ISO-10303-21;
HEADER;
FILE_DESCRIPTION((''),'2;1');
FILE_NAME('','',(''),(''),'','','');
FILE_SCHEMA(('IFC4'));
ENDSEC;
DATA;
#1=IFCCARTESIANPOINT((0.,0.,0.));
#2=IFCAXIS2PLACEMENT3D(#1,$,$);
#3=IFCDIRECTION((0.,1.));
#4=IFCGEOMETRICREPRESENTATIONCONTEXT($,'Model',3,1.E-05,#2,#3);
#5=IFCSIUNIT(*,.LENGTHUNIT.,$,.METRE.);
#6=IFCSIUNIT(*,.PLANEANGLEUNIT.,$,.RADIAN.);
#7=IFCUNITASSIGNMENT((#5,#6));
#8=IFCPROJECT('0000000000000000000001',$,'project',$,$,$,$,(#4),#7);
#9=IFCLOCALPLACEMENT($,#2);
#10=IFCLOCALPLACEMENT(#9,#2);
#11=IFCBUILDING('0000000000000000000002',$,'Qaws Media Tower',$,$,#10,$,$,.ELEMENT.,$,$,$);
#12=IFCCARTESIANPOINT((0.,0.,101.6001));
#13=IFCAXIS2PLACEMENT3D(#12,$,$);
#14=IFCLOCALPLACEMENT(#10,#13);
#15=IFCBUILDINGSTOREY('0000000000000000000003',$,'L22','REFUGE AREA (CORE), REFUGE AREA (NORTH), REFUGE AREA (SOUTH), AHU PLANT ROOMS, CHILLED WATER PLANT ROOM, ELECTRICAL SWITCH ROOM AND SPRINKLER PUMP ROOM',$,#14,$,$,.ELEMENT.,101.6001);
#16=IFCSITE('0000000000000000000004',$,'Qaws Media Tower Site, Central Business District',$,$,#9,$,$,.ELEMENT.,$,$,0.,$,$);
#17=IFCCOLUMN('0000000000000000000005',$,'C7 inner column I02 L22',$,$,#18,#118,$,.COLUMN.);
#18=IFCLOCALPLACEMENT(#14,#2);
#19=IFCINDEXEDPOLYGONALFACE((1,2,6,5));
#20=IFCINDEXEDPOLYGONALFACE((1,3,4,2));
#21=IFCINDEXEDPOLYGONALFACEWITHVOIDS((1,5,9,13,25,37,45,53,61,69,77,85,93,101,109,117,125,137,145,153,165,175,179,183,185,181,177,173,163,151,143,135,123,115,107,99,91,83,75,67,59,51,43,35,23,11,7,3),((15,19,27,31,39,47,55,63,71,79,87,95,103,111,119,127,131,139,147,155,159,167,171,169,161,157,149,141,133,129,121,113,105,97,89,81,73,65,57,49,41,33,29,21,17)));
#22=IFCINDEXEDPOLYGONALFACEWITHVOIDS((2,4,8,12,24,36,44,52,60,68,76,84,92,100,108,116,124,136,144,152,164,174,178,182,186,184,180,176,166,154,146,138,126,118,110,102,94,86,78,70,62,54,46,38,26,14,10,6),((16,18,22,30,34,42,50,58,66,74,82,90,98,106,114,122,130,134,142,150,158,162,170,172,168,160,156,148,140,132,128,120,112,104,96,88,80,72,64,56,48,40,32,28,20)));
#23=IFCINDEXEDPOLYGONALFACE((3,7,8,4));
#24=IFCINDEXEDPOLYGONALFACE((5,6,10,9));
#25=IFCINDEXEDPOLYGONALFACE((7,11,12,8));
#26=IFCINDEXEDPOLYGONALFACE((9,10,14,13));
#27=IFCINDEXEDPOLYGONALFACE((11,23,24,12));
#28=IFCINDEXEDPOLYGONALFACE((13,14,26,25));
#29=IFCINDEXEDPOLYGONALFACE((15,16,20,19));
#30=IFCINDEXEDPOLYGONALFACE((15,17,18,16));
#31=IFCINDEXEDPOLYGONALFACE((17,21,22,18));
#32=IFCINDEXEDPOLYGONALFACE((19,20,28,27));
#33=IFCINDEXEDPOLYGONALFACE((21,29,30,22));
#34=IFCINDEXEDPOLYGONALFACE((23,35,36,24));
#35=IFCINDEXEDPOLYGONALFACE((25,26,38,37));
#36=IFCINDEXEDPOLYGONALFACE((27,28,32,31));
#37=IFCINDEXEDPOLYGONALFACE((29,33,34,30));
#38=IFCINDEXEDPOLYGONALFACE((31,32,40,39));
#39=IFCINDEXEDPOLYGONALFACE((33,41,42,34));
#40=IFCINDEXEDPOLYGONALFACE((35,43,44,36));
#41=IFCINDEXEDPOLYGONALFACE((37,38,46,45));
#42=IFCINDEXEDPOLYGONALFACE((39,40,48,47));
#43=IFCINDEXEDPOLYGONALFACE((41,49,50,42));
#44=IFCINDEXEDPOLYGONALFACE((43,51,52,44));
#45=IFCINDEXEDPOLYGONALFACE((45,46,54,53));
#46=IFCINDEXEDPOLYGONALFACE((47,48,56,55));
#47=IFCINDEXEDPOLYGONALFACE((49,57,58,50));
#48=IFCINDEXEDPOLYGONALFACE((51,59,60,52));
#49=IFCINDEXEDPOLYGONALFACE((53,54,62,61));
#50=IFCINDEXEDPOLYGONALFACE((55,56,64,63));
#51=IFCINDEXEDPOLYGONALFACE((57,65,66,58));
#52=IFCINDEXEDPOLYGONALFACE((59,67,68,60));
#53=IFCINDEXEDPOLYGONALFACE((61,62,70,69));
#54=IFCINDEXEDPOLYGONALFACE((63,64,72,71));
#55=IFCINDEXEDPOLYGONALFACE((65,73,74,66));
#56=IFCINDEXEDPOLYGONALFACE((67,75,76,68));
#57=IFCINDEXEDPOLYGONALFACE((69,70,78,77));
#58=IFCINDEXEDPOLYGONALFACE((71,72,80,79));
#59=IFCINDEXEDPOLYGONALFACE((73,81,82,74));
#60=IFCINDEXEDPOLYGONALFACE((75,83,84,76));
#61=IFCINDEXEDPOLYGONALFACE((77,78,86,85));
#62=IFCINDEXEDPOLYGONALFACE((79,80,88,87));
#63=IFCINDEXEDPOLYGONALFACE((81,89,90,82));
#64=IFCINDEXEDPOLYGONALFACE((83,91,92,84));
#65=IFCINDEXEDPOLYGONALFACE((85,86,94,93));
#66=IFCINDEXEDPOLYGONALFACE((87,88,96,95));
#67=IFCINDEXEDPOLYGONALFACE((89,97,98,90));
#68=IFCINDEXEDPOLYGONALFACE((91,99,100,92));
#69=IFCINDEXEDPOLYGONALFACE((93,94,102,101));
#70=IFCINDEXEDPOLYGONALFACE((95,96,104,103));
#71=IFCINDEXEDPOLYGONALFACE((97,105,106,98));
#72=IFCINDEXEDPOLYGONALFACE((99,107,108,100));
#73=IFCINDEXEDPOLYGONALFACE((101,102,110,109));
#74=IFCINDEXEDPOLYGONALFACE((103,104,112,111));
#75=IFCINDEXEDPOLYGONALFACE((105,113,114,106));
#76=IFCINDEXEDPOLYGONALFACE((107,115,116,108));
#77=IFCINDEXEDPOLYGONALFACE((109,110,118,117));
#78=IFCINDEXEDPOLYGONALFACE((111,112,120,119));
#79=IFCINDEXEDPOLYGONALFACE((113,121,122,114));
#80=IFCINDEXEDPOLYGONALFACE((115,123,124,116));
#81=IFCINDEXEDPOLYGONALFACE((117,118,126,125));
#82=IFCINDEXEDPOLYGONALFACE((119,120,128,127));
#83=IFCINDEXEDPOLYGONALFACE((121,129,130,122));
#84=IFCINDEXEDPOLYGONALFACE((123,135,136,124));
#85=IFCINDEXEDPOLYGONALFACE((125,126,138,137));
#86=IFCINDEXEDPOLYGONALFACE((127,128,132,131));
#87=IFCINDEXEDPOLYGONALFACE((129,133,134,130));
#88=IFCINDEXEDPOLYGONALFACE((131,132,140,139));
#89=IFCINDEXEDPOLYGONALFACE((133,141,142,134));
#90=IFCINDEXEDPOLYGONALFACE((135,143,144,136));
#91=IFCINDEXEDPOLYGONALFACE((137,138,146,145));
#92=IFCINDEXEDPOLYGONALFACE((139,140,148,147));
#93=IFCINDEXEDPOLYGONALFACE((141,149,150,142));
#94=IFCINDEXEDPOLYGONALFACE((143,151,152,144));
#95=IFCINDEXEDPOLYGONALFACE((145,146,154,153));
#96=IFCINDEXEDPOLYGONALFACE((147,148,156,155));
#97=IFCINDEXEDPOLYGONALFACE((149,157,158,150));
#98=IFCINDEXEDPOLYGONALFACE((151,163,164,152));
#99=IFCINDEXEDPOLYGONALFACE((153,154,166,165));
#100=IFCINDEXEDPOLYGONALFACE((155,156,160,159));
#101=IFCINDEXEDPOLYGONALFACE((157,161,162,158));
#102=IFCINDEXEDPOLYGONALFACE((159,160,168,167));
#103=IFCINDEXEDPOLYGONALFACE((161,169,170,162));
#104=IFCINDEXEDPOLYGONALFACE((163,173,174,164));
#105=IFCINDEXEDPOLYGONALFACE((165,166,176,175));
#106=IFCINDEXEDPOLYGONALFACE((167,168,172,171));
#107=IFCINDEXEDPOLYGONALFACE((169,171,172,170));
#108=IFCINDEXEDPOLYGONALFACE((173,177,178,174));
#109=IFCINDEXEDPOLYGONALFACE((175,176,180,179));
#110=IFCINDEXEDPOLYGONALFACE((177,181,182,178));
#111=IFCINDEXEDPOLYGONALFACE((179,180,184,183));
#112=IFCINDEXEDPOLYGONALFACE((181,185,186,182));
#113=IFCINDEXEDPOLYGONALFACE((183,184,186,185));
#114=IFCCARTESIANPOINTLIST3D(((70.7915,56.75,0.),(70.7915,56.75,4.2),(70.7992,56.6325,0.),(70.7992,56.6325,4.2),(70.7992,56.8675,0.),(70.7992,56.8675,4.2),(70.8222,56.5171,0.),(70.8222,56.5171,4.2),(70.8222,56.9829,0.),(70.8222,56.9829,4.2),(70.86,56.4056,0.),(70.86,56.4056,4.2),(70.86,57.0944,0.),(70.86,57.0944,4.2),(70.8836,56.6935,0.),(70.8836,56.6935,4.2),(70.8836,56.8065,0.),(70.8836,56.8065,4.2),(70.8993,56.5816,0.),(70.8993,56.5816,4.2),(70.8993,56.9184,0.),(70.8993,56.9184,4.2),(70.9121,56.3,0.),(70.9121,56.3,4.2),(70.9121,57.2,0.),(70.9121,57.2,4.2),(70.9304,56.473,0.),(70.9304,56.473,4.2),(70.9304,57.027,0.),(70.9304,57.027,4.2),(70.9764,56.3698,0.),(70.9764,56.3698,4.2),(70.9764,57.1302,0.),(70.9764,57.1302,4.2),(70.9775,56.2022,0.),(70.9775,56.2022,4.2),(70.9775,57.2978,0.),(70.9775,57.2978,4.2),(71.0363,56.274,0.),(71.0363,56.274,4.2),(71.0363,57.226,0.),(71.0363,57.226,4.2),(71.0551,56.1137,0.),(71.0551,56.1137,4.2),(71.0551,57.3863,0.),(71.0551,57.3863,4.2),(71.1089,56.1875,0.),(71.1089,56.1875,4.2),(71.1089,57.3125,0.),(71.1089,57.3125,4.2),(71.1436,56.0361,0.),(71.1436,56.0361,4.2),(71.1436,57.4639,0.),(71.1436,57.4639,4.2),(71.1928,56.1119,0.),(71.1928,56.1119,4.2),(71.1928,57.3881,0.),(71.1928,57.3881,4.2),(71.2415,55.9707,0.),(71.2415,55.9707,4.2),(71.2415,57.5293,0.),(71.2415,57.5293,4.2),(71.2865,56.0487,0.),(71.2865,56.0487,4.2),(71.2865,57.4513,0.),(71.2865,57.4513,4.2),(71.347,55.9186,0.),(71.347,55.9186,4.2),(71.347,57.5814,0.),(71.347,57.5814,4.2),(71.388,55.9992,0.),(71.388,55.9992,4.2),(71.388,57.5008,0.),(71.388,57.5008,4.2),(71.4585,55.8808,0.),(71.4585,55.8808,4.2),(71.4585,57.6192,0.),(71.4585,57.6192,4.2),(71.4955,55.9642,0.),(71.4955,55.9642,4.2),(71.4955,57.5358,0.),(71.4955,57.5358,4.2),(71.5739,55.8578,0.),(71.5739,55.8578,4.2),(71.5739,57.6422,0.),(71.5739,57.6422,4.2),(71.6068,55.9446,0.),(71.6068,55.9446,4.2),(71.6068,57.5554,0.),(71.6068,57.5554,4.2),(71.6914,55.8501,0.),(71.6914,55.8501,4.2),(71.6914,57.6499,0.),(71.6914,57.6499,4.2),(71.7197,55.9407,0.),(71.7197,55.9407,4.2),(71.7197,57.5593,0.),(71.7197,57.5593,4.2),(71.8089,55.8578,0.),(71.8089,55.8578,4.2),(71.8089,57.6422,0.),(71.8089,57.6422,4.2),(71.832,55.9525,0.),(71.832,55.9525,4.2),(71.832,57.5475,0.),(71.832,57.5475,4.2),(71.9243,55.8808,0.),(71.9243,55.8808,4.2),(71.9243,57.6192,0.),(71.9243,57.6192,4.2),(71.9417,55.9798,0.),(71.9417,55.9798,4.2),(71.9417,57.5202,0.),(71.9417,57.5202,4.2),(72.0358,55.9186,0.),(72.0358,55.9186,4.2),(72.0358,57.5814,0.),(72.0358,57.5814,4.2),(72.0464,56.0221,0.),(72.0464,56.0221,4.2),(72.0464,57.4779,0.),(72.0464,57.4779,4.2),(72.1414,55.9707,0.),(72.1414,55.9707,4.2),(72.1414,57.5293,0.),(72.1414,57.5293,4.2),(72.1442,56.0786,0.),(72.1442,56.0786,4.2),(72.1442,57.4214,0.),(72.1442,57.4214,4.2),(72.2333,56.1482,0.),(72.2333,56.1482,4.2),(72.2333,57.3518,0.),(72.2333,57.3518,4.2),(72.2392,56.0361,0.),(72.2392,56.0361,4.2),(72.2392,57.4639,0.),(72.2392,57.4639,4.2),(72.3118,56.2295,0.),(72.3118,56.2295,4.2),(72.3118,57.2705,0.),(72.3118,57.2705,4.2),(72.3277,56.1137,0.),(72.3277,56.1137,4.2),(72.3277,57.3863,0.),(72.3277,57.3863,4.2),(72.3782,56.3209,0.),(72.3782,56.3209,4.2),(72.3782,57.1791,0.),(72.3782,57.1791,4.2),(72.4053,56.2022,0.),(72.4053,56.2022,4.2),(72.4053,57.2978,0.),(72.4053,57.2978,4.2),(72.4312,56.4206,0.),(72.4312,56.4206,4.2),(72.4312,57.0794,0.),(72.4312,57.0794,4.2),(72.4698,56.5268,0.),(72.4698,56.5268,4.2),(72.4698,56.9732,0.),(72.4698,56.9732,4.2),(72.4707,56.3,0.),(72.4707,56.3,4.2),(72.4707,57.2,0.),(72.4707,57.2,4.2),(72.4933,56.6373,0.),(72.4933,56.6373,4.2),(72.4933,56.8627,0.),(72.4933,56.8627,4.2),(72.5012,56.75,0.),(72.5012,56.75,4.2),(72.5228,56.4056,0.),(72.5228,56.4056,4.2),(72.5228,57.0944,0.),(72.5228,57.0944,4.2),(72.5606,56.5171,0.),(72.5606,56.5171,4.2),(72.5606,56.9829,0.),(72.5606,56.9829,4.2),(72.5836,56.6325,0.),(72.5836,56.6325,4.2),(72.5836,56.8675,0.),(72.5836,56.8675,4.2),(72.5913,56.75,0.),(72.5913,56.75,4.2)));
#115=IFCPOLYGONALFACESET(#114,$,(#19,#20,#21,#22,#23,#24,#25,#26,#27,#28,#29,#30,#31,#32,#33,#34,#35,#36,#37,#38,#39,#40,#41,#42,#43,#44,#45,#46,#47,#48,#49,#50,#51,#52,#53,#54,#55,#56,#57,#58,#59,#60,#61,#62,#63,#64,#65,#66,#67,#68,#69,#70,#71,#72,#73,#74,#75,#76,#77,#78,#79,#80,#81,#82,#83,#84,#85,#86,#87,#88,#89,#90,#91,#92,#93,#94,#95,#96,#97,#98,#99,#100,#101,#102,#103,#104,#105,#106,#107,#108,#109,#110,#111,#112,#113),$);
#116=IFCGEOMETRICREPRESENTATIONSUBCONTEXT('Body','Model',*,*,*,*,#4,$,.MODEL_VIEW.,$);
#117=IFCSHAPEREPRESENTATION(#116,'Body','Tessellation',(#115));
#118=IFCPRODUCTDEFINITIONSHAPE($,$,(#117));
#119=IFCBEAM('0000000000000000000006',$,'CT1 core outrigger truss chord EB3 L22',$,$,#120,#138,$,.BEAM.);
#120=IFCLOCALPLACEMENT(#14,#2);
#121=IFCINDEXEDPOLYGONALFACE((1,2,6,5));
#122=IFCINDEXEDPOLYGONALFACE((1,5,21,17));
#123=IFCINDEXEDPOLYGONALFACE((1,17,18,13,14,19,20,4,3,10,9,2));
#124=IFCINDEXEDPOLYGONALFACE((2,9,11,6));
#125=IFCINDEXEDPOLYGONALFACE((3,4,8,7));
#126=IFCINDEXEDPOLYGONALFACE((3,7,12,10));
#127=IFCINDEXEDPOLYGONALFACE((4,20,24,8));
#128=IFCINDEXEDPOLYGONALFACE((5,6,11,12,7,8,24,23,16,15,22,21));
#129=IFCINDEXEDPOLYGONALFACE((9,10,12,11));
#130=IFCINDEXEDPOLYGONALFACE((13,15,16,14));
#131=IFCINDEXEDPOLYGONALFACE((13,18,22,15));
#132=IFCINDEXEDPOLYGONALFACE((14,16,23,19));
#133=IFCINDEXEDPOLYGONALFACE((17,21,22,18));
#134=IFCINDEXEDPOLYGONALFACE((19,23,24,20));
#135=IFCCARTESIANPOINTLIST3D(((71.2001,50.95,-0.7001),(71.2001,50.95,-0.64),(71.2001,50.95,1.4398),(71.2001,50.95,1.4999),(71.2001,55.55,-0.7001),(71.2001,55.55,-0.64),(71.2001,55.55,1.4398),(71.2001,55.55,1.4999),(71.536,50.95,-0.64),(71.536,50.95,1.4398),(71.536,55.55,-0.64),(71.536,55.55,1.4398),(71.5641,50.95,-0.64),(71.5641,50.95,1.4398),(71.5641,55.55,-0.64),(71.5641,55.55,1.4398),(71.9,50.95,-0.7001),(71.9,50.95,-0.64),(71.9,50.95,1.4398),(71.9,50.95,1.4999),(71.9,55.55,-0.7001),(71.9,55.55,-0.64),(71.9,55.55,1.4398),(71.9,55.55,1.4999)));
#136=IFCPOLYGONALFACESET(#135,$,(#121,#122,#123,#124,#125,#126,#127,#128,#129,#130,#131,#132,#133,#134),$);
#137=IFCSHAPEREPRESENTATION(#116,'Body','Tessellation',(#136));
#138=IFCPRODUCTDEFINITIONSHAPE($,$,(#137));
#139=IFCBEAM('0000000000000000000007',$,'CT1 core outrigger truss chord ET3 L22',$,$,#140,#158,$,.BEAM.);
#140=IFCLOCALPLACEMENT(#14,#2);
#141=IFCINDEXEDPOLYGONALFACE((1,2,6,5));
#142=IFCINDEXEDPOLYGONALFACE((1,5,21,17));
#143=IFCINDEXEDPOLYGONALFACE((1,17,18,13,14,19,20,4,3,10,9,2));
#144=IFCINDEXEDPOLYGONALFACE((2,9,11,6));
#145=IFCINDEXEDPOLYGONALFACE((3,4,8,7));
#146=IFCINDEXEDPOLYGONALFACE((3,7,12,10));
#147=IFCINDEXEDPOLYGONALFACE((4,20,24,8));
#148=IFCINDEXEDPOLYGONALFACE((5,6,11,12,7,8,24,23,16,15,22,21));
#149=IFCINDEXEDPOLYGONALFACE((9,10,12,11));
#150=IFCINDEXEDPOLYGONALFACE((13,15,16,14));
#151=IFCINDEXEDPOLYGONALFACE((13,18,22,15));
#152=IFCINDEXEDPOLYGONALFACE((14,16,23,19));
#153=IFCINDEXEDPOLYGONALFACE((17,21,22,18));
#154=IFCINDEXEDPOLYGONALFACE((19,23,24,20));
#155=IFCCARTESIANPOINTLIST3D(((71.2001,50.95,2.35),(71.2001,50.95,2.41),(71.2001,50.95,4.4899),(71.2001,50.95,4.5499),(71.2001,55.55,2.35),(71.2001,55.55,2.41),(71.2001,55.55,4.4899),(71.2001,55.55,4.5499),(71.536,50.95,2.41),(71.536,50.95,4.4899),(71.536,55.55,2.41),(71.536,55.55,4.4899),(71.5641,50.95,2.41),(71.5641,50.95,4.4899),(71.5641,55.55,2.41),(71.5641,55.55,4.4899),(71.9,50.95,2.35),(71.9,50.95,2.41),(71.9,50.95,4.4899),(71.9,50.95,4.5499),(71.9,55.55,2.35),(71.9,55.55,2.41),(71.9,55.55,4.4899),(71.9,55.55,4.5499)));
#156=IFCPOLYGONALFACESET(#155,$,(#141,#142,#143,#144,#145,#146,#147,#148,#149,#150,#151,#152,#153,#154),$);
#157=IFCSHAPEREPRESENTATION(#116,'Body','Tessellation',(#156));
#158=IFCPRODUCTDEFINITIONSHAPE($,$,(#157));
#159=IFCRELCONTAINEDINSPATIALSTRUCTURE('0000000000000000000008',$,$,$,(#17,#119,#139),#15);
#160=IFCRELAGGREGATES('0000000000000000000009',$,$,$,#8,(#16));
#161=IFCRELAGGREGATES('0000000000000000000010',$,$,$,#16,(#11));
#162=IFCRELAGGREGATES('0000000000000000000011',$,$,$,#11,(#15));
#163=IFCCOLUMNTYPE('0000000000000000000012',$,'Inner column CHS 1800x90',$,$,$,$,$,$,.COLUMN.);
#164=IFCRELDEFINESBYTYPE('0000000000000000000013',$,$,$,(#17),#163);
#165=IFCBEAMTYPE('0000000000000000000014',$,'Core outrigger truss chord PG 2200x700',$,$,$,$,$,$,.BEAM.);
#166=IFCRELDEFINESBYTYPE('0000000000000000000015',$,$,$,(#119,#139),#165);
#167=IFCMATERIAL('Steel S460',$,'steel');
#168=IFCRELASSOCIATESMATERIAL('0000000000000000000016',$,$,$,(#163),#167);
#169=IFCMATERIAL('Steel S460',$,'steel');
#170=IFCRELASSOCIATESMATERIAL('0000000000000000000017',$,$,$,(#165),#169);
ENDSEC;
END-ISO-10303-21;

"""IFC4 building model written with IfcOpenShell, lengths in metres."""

from ifc_helpers import new_model, si_unit, direction, frame, origin, origin_2d, place, context, subcontext, project, spatial, hollow_circle, i_section, extrude, material, material_profile, profile_set, type_object, element, save


model = new_model("IFC4")

# Units and contexts
model_context = context("Model", 3, precision=1e-05, world=origin(), true_north=direction((0.0, 1.0)))
body_context = subcontext(model_context, "Body", "Model", "MODEL_VIEW")
ifc_project = project(units=[si_unit("LENGTHUNIT", "METRE"), si_unit("PLANEANGLEUNIT", "RADIAN")], contexts=[model_context])

# Site, building, storey
site_placement = place(None, origin())
site = spatial("IfcSite", under=ifc_project, at=site_placement, Name="Qaws Media Tower Site, Central Business District", CompositionType="ELEMENT", RefElevation=0.0)
building_placement = place(site_placement, origin())
building = spatial("IfcBuilding", under=site, at=building_placement, Name="Qaws Media Tower", CompositionType="ELEMENT")
storey_placement = place(building_placement, frame((0.0, 0.0, 101.6001)))
storey = spatial("IfcBuildingStorey", under=building, at=storey_placement, Name="L22", Description="REFUGE AREA (CORE), REFUGE AREA (NORTH), REFUGE AREA (SOUTH), AHU PLANT ROOMS, CHILLED WATER PLANT ROOM, ELECTRICAL SWITCH ROOM AND SPRINKLER PUMP ROOM", CompositionType="ELEMENT", Elevation=101.6001)

# Column
ifc_material_1 = material(Name="Steel S460", Category="steel")
ifc_material_profile_1 = material_profile(ifc_material_1, hollow_circle(Radius=0.8999, WallThickness=0.0901, at=origin_2d()), Name="CHS 1800x90")
ifc_profile_set_1 = profile_set([ifc_material_profile_1], Name="Steel S460")
column_type = type_object("IfcColumnType", Name="Inner column CHS 1800x90", PredefinedType="COLUMN", material=ifc_profile_set_1)
for number, where, z_axis, x_axis, name in (
    (1, (71.6914, 56.75, 0.0), (0.0, 0.0, 1.0), (1.0, 0.0, 0.0), "C7 inner column I02 L22"),
):
    element("IfcColumn", number, at=place(storey_placement, frame(where, z_axis=z_axis, x_axis=x_axis)), inside=storey, type_object=column_type, Name=name, PredefinedType="COLUMN", context=body_context, shape_type="SweptSolid", body=[
        extrude(hollow_circle(Radius=0.8999, WallThickness=0.0901, at=origin_2d()), origin(), (0.0, 0.0, 1.0), 4.2),
    ])

# Beams
ifc_material_2 = material(Name="Steel S460", Category="steel")
ifc_material_profile_2 = material_profile(ifc_material_2, i_section(OverallWidth=0.7, OverallDepth=2.2, WebThickness=0.0281, FlangeThickness=0.0601, at=origin_2d()), Name="PG 2200x700")
ifc_profile_set_2 = profile_set([ifc_material_profile_2], Name="Steel S460")
beam_type_1 = type_object("IfcBeamType", Name="Core outrigger truss chord PG 2200x700", PredefinedType="BEAM", material=ifc_profile_set_2)
for number, where, z_axis, x_axis, name in (
    (2, (71.55, 50.95, 0.3999), (0.0, 1.0, 0.0), (-1.0, 0.0, 0.0), "CT1 core outrigger truss chord EB3 L22"),
    (3, (71.55, 50.95, 3.45), (0.0, 1.0, 0.0), (-1.0, 0.0, 0.0), "CT1 core outrigger truss chord ET3 L22"),
):
    element("IfcBeam", number, at=place(storey_placement, frame(where, z_axis=z_axis, x_axis=x_axis)), inside=storey, type_object=beam_type_1, Name=name, PredefinedType="BEAM", context=body_context, shape_type="SweptSolid", body=[
        extrude(i_section(OverallWidth=0.7, OverallDepth=2.2, WebThickness=0.0281, FlangeThickness=0.0601, at=origin_2d()), origin(), (0.0, 0.0, 1.0), 4.6001),
    ])

save(model, "model.ifc")
